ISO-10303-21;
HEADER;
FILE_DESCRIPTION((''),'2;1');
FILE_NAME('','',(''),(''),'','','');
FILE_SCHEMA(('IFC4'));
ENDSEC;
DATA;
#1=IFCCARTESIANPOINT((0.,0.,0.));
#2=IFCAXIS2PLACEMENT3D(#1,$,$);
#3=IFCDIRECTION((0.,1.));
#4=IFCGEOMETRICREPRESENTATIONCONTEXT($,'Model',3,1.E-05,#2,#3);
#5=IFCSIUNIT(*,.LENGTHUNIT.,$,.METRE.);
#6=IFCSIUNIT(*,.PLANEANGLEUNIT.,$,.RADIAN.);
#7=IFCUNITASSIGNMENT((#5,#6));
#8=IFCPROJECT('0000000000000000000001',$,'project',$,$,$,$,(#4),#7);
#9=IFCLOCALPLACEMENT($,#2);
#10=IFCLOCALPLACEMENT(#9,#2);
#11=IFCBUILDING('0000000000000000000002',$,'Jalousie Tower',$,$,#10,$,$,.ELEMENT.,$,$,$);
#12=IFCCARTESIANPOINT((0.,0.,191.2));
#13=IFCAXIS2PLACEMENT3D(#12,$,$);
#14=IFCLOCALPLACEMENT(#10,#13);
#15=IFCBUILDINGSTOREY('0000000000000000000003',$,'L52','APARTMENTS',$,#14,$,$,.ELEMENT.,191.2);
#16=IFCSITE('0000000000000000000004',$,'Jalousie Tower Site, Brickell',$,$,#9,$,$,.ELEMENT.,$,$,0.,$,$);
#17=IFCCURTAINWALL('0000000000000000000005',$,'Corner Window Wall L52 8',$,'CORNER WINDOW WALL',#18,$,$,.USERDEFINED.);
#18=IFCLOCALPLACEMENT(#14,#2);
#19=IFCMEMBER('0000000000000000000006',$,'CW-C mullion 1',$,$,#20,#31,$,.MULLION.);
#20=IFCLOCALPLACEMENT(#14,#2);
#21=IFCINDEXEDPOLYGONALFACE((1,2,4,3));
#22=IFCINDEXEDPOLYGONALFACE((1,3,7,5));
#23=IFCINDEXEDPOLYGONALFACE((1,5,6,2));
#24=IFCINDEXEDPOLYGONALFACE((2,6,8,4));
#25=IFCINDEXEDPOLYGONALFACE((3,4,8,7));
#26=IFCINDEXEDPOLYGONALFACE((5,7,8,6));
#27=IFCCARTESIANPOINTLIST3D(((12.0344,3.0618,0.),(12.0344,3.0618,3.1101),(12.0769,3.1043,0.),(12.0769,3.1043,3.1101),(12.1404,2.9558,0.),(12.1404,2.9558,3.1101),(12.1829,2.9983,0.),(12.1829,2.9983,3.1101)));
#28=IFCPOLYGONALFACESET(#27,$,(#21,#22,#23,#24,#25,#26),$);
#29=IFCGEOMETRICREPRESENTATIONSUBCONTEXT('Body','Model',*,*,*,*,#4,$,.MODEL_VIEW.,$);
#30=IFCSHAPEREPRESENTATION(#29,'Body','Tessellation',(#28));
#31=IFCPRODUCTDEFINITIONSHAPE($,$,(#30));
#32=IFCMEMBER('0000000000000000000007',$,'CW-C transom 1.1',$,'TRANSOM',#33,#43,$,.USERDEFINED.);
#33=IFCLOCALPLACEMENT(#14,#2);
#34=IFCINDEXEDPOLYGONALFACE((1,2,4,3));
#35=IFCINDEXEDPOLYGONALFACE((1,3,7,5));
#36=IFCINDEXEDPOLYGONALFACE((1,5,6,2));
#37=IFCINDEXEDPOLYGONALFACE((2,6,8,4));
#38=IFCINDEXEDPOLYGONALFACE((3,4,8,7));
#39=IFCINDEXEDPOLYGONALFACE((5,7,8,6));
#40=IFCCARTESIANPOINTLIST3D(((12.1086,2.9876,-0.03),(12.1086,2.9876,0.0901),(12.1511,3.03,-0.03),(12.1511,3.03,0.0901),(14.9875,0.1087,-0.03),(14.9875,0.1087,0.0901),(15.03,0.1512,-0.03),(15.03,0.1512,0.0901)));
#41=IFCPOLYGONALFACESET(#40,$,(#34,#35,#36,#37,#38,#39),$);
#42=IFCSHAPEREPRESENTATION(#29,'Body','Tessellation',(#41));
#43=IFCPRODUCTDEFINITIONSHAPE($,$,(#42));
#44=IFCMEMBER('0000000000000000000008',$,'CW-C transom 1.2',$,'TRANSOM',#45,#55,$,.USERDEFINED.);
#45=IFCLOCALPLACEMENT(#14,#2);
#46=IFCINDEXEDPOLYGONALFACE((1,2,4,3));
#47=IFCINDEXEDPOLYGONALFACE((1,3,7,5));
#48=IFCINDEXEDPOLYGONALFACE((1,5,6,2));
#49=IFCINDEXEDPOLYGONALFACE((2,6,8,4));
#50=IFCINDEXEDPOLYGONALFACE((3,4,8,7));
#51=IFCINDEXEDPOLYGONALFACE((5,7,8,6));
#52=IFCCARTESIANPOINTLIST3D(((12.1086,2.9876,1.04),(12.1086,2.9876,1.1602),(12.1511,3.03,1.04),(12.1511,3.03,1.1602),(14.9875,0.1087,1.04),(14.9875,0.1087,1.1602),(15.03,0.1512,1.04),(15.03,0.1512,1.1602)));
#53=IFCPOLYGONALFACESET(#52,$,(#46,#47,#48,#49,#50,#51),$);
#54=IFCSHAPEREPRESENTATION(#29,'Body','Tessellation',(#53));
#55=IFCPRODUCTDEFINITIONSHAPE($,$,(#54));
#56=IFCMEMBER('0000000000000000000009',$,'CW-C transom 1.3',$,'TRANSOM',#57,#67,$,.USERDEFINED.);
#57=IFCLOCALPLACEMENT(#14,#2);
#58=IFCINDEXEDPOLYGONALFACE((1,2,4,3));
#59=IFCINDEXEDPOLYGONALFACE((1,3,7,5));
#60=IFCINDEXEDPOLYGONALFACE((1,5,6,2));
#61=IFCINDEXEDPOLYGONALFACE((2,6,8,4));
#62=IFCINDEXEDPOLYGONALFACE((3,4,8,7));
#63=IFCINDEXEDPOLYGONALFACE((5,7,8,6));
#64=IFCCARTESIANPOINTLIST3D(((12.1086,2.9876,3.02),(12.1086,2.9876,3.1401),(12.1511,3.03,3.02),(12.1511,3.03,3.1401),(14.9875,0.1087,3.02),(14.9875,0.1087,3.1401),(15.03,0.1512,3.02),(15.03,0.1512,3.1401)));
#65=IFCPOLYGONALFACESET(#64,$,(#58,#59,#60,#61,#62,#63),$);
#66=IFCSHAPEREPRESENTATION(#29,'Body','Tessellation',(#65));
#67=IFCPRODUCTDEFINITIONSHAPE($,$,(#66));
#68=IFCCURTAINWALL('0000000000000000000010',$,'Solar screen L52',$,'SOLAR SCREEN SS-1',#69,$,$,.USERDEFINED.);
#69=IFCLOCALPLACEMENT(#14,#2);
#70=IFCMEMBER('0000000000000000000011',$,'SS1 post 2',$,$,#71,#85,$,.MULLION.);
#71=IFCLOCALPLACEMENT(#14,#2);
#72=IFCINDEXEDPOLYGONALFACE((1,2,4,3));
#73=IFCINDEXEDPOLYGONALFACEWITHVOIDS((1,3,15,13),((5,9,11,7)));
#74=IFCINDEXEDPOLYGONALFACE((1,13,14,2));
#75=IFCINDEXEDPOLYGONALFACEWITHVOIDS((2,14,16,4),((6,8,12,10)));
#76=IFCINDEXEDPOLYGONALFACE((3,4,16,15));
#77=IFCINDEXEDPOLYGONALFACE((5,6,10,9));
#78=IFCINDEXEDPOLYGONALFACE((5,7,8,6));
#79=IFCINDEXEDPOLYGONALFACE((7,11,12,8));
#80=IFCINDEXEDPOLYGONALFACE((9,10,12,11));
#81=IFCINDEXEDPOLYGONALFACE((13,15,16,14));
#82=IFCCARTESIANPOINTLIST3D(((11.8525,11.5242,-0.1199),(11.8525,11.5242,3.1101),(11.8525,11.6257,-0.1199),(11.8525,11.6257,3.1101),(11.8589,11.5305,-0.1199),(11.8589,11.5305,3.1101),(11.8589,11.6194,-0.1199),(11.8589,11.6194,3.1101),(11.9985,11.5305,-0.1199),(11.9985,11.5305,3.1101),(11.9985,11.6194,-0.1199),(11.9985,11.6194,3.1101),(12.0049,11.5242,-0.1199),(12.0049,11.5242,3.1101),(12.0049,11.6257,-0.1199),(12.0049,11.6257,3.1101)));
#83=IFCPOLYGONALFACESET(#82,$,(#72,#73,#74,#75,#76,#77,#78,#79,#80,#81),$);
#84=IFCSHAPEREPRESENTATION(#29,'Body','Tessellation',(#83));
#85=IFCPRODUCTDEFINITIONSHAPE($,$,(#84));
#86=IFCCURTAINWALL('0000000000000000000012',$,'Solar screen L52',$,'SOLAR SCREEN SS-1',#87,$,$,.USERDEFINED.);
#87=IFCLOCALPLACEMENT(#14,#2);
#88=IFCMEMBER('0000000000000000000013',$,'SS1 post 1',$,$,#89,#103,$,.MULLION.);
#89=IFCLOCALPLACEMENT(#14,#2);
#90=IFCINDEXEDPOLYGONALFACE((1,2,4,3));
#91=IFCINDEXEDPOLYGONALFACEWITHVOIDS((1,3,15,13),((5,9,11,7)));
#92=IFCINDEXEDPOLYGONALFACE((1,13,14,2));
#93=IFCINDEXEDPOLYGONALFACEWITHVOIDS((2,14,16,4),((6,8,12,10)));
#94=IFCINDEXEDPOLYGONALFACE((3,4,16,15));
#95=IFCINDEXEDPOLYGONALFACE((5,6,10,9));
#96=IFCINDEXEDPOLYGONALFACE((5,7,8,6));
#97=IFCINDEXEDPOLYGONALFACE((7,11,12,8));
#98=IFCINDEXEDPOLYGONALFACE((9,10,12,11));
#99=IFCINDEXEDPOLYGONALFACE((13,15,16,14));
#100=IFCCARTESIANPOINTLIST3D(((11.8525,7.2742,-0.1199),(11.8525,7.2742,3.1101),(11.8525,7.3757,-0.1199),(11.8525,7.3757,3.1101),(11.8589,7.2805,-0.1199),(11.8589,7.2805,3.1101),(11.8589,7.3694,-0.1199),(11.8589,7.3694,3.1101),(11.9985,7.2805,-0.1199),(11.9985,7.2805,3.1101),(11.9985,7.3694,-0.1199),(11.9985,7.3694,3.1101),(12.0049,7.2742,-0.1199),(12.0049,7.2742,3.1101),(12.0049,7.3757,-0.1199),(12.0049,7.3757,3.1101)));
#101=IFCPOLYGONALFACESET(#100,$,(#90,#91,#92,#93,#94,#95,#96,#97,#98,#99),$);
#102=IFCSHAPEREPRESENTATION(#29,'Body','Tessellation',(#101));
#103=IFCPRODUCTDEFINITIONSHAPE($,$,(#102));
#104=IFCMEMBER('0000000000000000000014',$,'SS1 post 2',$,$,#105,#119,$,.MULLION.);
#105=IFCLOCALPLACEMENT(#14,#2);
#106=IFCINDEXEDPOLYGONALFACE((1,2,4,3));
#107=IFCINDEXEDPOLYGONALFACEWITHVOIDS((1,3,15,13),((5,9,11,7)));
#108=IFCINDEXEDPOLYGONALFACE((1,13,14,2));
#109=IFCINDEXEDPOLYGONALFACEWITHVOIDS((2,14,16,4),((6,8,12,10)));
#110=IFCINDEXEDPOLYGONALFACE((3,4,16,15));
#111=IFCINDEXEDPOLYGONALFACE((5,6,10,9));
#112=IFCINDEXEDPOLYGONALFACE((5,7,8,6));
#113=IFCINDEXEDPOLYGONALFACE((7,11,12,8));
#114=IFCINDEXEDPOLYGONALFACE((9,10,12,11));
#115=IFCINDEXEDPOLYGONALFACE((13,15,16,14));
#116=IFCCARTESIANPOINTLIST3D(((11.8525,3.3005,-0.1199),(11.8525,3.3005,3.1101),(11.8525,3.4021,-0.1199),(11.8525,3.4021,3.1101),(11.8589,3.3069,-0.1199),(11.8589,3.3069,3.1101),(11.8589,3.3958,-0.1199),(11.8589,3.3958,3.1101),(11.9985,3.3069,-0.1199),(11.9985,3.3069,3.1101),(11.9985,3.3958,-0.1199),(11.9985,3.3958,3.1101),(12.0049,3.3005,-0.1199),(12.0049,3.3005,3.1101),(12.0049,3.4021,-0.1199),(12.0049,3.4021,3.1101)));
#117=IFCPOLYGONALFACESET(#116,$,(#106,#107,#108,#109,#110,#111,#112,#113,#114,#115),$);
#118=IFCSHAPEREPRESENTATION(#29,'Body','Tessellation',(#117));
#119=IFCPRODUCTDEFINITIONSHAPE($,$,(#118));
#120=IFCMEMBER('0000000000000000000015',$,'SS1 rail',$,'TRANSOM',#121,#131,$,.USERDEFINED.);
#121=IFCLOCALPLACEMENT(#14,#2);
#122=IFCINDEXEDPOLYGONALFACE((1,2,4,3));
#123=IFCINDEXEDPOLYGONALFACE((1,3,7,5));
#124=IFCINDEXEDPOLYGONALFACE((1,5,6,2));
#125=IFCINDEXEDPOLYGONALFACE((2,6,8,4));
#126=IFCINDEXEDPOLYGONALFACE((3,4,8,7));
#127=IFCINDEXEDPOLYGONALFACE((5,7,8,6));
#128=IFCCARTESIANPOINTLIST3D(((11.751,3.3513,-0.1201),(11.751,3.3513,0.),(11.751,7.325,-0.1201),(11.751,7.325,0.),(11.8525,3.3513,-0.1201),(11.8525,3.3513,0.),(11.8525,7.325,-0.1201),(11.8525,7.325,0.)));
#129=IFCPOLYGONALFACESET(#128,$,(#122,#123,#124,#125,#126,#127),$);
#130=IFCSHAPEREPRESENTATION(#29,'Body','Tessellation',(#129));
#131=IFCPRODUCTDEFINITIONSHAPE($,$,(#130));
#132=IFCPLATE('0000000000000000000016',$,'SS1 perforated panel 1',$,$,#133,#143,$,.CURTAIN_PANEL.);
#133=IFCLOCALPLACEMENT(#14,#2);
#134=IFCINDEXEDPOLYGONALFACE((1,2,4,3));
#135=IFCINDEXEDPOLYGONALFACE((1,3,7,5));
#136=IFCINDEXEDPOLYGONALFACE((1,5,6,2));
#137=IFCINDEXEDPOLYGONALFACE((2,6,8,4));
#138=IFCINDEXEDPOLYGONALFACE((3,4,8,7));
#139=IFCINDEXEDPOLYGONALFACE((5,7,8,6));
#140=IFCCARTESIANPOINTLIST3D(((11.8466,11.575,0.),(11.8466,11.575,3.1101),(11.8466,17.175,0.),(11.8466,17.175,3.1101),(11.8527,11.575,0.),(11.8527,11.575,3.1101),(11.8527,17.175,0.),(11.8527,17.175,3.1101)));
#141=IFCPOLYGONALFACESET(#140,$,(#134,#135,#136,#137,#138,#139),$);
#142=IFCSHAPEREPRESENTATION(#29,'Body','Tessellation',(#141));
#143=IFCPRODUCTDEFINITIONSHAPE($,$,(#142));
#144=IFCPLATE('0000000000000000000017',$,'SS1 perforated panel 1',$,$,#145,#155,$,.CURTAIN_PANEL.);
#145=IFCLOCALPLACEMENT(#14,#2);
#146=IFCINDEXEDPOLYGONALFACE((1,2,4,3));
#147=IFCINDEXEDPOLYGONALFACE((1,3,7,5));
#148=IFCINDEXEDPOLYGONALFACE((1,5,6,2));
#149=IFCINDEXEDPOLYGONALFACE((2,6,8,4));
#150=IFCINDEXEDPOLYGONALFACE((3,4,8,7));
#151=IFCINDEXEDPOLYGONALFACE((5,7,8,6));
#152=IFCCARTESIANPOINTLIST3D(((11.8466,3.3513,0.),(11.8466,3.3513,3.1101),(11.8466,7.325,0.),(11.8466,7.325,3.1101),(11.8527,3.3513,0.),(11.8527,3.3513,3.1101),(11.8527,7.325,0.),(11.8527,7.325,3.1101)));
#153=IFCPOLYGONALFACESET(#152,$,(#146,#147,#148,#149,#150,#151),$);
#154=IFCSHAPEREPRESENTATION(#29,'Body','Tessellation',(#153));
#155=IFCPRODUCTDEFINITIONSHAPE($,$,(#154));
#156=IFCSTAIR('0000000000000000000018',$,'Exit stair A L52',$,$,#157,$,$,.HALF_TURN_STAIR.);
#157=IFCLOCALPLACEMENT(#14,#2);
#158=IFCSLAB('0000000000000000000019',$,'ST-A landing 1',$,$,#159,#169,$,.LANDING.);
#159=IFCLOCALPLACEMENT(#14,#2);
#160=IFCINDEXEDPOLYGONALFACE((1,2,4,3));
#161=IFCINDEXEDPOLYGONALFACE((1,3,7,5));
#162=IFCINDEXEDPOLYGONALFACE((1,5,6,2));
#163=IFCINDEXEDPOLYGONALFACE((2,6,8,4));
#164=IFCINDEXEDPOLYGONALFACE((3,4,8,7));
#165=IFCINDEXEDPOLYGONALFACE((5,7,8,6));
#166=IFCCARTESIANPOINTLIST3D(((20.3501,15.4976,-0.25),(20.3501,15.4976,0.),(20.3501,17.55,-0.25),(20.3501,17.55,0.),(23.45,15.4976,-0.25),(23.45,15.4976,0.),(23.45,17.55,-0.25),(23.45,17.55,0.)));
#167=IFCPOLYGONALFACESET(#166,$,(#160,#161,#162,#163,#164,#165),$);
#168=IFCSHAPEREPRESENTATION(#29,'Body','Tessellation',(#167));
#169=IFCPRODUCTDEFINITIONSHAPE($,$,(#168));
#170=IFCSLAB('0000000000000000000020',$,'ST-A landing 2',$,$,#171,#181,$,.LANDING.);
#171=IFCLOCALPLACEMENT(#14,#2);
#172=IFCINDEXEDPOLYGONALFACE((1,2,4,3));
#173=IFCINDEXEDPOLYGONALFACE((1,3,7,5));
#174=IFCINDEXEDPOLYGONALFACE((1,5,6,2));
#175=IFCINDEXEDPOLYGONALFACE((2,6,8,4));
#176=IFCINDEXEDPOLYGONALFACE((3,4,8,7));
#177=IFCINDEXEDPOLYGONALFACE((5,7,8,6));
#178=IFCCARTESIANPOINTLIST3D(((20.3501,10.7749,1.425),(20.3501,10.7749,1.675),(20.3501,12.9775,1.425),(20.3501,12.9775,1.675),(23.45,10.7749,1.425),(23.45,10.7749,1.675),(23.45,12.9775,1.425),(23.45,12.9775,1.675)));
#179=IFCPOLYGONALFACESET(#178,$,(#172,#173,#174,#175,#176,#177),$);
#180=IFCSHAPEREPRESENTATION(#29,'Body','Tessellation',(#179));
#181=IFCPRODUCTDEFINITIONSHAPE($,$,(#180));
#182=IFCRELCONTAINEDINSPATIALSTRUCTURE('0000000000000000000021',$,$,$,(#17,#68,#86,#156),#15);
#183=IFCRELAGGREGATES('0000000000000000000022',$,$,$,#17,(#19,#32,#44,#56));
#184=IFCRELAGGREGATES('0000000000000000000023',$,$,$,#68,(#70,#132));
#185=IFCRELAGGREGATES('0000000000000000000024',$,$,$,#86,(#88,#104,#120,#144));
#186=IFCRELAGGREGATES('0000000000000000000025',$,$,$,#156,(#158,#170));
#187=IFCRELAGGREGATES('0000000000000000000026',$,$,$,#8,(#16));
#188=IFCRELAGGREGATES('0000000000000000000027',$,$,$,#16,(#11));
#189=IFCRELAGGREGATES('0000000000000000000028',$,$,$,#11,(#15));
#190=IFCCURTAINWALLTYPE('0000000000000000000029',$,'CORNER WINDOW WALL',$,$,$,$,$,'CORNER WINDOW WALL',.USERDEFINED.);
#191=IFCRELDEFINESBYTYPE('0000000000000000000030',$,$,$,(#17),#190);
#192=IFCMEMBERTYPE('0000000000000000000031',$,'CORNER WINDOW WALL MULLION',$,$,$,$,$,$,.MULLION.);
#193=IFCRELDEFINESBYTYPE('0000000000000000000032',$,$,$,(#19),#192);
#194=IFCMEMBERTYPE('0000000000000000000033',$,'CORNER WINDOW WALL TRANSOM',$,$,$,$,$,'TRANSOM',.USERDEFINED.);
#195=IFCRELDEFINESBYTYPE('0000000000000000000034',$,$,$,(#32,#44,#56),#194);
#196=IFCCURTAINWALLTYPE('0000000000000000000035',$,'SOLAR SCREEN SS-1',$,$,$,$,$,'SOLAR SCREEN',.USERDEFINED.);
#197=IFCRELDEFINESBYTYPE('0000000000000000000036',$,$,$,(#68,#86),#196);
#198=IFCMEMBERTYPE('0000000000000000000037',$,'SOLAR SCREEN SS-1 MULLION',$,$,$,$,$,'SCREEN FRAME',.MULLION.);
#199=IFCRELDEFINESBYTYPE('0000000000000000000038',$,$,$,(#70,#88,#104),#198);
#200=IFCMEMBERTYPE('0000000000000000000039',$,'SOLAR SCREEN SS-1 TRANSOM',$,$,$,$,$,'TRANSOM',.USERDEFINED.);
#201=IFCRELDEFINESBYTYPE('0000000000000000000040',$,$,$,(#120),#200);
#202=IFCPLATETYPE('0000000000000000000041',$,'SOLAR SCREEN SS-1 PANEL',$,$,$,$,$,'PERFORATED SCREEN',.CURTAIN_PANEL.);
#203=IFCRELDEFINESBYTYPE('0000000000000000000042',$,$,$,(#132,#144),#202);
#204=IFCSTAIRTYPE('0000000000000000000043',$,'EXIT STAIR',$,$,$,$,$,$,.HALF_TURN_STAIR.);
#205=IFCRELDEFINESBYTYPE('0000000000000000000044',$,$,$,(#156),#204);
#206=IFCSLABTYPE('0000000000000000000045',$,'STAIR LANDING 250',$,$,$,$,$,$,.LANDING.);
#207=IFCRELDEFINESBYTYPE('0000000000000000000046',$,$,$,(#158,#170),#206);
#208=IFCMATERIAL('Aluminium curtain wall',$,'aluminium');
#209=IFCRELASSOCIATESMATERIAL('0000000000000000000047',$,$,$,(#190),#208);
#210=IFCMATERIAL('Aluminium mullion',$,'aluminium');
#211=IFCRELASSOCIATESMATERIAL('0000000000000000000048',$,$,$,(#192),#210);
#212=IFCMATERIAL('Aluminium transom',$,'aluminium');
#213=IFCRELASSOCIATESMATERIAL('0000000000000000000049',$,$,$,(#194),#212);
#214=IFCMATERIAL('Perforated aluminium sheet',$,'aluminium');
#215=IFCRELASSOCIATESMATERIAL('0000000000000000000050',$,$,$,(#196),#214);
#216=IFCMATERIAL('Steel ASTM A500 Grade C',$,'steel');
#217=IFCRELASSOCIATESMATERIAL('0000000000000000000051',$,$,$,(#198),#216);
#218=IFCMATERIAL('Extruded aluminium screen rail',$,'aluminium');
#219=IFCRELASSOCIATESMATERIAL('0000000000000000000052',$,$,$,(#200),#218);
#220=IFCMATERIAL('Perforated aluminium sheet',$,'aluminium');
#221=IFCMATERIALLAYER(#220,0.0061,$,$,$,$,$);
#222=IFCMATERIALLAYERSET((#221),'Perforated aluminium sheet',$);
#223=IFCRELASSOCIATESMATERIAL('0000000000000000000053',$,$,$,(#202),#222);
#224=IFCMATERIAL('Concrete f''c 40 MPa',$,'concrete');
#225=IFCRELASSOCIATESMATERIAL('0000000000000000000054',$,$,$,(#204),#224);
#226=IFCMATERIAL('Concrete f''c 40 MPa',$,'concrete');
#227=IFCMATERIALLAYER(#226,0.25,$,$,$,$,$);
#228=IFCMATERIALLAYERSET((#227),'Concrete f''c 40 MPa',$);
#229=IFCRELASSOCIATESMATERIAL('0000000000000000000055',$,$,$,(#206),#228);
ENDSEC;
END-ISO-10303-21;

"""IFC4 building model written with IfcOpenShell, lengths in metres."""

from ifc_helpers import new_model, si_unit, direction, frame, origin, origin_2d, place, context, subcontext, project, spatial, polyline, rectangle, hollow_rectangle, outline, extrude, material, layer, layer_set, material_profile, profile_set, type_object, element, aggregate, save


model = new_model("IFC4")

# Units and contexts
model_context = context("Model", 3, precision=1e-05, world=origin(), true_north=direction((0.0, 1.0)))
body_context = subcontext(model_context, "Body", "Model", "MODEL_VIEW")
ifc_project = project(units=[si_unit("LENGTHUNIT", "METRE"), si_unit("PLANEANGLEUNIT", "RADIAN")], contexts=[model_context])

# Site, building, storey
site_placement = place(None, origin())
site = spatial("IfcSite", under=ifc_project, at=site_placement, Name="Jalousie Tower Site, Brickell", CompositionType="ELEMENT", RefElevation=0.0)
building_placement = place(site_placement, origin())
building = spatial("IfcBuilding", under=site, at=building_placement, Name="Jalousie Tower", CompositionType="ELEMENT")
storey_placement = place(building_placement, frame((0.0, 0.0, 191.2)))
storey = spatial("IfcBuildingStorey", under=building, at=storey_placement, Name="L52", Description="APARTMENTS", CompositionType="ELEMENT", Elevation=191.2)

# Curtain wall, members
ifc_material_1 = material(Name="Aluminium curtain wall", Category="aluminium")
curtain_wall_type_1 = type_object("IfcCurtainWallType", Name="CORNER WINDOW WALL", ElementType="CORNER WINDOW WALL", PredefinedType="USERDEFINED", material=ifc_material_1)
curtain_wall_1_placement = place(storey_placement, origin())
curtain_wall_1 = element("IfcCurtainWall", 1, at=curtain_wall_1_placement, inside=storey, type_object=curtain_wall_type_1, Name="Corner Window Wall L52 8", ObjectType="CORNER WINDOW WALL", PredefinedType="USERDEFINED")
ifc_material_2 = material(Name="Aluminium mullion", Category="aluminium")
ifc_material_profile_1 = material_profile(ifc_material_2, rectangle(XDim=0.0601, YDim=0.1499, at=origin_2d()), Name="MULLION 60x150")
ifc_profile_set_1 = profile_set([ifc_material_profile_1], Name="Aluminium mullion")
member_type_1 = type_object("IfcMemberType", Name="CORNER WINDOW WALL MULLION", PredefinedType="MULLION", material=ifc_profile_set_1)
member_1_placement = place(storey_placement, frame((12.1086, 3.03, 0.0), z_axis=(0.0, 0.0, 1.0), x_axis=(0.707107, 0.707107, 0.0)))
member_1 = element("IfcMember", 2, at=member_1_placement, type_object=member_type_1, Name="CW-C mullion 1", PredefinedType="MULLION", context=body_context, shape_type="SweptSolid", body=[
    extrude(rectangle(XDim=0.0601, YDim=0.1499, at=origin_2d()), origin(), (0.0, 0.0, 1.0), 3.1101),
])
ifc_material_3 = material(Name="Aluminium transom", Category="aluminium")
ifc_material_profile_2 = material_profile(ifc_material_3, rectangle(XDim=0.0601, YDim=0.1201, at=origin_2d()), Name="TRANSOM 60x120")
ifc_profile_set_2 = profile_set([ifc_material_profile_2], Name="Aluminium transom")
member_type_2 = type_object("IfcMemberType", Name="CORNER WINDOW WALL TRANSOM", ElementType="TRANSOM", PredefinedType="USERDEFINED", material=ifc_profile_set_2)
member_2_placement = place(storey_placement, frame((12.1299, 3.0088, 0.03), z_axis=(0.707107, -0.707107, 0.0), x_axis=(0.707107, 0.707107, 0.0)))
member_2 = element("IfcMember", 3, at=member_2_placement, type_object=member_type_2, Name="CW-C transom 1.1", ObjectType="TRANSOM", PredefinedType="USERDEFINED", context=body_context, shape_type="SweptSolid", body=[
    extrude(rectangle(XDim=0.0601, YDim=0.1201, at=origin_2d()), origin(), (0.0, 0.0, 1.0), 4.0713),
])
member_3_placement = place(storey_placement, frame((12.1299, 3.0088, 1.1001), z_axis=(0.707107, -0.707107, 0.0), x_axis=(0.707107, 0.707107, 0.0)))
member_3 = element("IfcMember", 4, at=member_3_placement, type_object=member_type_2, Name="CW-C transom 1.2", ObjectType="TRANSOM", PredefinedType="USERDEFINED", context=body_context, shape_type="SweptSolid", body=[
    extrude(rectangle(XDim=0.0601, YDim=0.1201, at=origin_2d()), origin(), (0.0, 0.0, 1.0), 4.0713),
])
member_4_placement = place(storey_placement, frame((12.1299, 3.0088, 3.0801), z_axis=(0.707107, -0.707107, 0.0), x_axis=(0.707107, 0.707107, 0.0)))
member_4 = element("IfcMember", 5, at=member_4_placement, type_object=member_type_2, Name="CW-C transom 1.3", ObjectType="TRANSOM", PredefinedType="USERDEFINED", context=body_context, shape_type="SweptSolid", body=[
    extrude(rectangle(XDim=0.0601, YDim=0.1201, at=origin_2d()), origin(), (0.0, 0.0, 1.0), 4.0713),
])
aggregate(curtain_wall_1, [member_1, member_2, member_3, member_4])

# Curtain wall, member
ifc_material_4 = material(Name="Perforated aluminium sheet", Category="aluminium")
curtain_wall_type_2 = type_object("IfcCurtainWallType", Name="SOLAR SCREEN SS-1", ElementType="SOLAR SCREEN", PredefinedType="USERDEFINED", material=ifc_material_4)
curtain_wall_2_placement = place(storey_placement, origin())
curtain_wall_2 = element("IfcCurtainWall", 6, at=curtain_wall_2_placement, inside=storey, type_object=curtain_wall_type_2, Name="Solar screen L52", ObjectType="SOLAR SCREEN SS-1", PredefinedType="USERDEFINED")
ifc_material_5 = material(Name="Steel ASTM A500 Grade C", Category="steel")
ifc_material_profile_3 = material_profile(ifc_material_5, hollow_rectangle(XDim=0.1016, YDim=0.1523, WallThickness=0.0063, at=origin_2d()), Name="HSS6X4X1/4")
ifc_profile_set_3 = profile_set([ifc_material_profile_3], Name="Steel ASTM A500 Grade C")
member_type_3 = type_object("IfcMemberType", Name="SOLAR SCREEN SS-1 MULLION", ElementType="SCREEN FRAME", PredefinedType="MULLION", material=ifc_profile_set_3)
member_5_placement = place(storey_placement, frame((11.9287, 11.575, -0.1199), z_axis=(0.0, 0.0, 1.0), x_axis=(0.0, -1.0, 0.0)))
member_5 = element("IfcMember", 7, at=member_5_placement, type_object=member_type_3, Name="SS1 post 2", PredefinedType="MULLION", context=body_context, shape_type="SweptSolid", body=[
    extrude(hollow_rectangle(XDim=0.1016, YDim=0.1523, WallThickness=0.0063, at=origin_2d()), origin(), (0.0, 0.0, 1.0), 3.23),
])

# Curtain wall, members
curtain_wall_3_placement = place(storey_placement, origin())
curtain_wall_3 = element("IfcCurtainWall", 8, at=curtain_wall_3_placement, inside=storey, type_object=curtain_wall_type_2, Name="Solar screen L52", ObjectType="SOLAR SCREEN SS-1", PredefinedType="USERDEFINED")
member_6_placement = place(storey_placement, frame((11.9287, 7.325, -0.1199), z_axis=(0.0, 0.0, 1.0), x_axis=(0.0, -1.0, 0.0)))
member_6 = element("IfcMember", 9, at=member_6_placement, type_object=member_type_3, Name="SS1 post 1", PredefinedType="MULLION", context=body_context, shape_type="SweptSolid", body=[
    extrude(hollow_rectangle(XDim=0.1016, YDim=0.1523, WallThickness=0.0063, at=origin_2d()), origin(), (0.0, 0.0, 1.0), 3.23),
])
member_7_placement = place(storey_placement, frame((11.9287, 3.3513, -0.1199), z_axis=(0.0, 0.0, 1.0), x_axis=(0.0, -1.0, 0.0)))
member_7 = element("IfcMember", 10, at=member_7_placement, type_object=member_type_3, Name="SS1 post 2", PredefinedType="MULLION", context=body_context, shape_type="SweptSolid", body=[
    extrude(hollow_rectangle(XDim=0.1016, YDim=0.1523, WallThickness=0.0063, at=origin_2d()), origin(), (0.0, 0.0, 1.0), 3.23),
])
ifc_material_6 = material(Name="Extruded aluminium screen rail", Category="aluminium")
ifc_material_profile_4 = material_profile(ifc_material_6, rectangle(XDim=0.1016, YDim=0.1201, at=origin_2d()), Name="RAIL 102x120")
ifc_profile_set_4 = profile_set([ifc_material_profile_4], Name="Extruded aluminium screen rail")
member_type_4 = type_object("IfcMemberType", Name="SOLAR SCREEN SS-1 TRANSOM", ElementType="TRANSOM", PredefinedType="USERDEFINED", material=ifc_profile_set_4)
member_8_placement = place(storey_placement, frame((11.8018, 7.325, -0.0601), z_axis=(0.0, -1.0, 0.0), x_axis=(1.0, 0.0, 0.0)))
member_8 = element("IfcMember", 11, at=member_8_placement, type_object=member_type_4, Name="SS1 rail", ObjectType="TRANSOM", PredefinedType="USERDEFINED", context=body_context, shape_type="SweptSolid", body=[
    extrude(rectangle(XDim=0.1016, YDim=0.1201, at=origin_2d()), origin(), (0.0, 0.0, 1.0), 3.9736),
])

# Plates
ifc_material_7 = material(Name="Perforated aluminium sheet", Category="aluminium")
ifc_layer_1 = layer(ifc_material_7, 0.0061)
ifc_layer_set_1 = layer_set([ifc_layer_1], Name="Perforated aluminium sheet")
plate_type = type_object("IfcPlateType", Name="SOLAR SCREEN SS-1 PANEL", ElementType="PERFORATED SCREEN", PredefinedType="CURTAIN_PANEL", material=ifc_layer_set_1)
plate_1_placement = place(storey_placement, frame((11.8496, 14.375, 0.0), z_axis=(0.0, 0.0, 1.0), x_axis=(0.0, -1.0, 0.0)))
plate_1 = element("IfcPlate", 12, at=plate_1_placement, type_object=plate_type, Name="SS1 perforated panel 1", PredefinedType="CURTAIN_PANEL", context=body_context, shape_type="SweptSolid", body=[
    extrude(rectangle(XDim=5.6001, YDim=0.0061, at=origin_2d()), origin(), (0.0, 0.0, 1.0), 3.1101),
])
aggregate(curtain_wall_2, [member_5, plate_1])
plate_2_placement = place(storey_placement, frame((11.8496, 5.3381, 0.0), z_axis=(0.0, 0.0, 1.0), x_axis=(0.0, -1.0, 0.0)))
plate_2 = element("IfcPlate", 13, at=plate_2_placement, type_object=plate_type, Name="SS1 perforated panel 1", PredefinedType="CURTAIN_PANEL", context=body_context, shape_type="SweptSolid", body=[
    extrude(rectangle(XDim=3.9736, YDim=0.0061, at=origin_2d()), origin(), (0.0, 0.0, 1.0), 3.1101),
])
aggregate(curtain_wall_3, [member_6, member_7, member_8, plate_2])

# Stair, slabs
ifc_material_8 = material(Name="Concrete f'c 40 MPa", Category="concrete")
stair_type = type_object("IfcStairType", Name="EXIT STAIR", PredefinedType="HALF_TURN_STAIR", material=ifc_material_8)
stair_1_placement = place(storey_placement, origin())
stair_1 = element("IfcStair", 14, at=stair_1_placement, inside=storey, type_object=stair_type, Name="Exit stair A L52", PredefinedType="HALF_TURN_STAIR")
ifc_material_9 = material(Name="Concrete f'c 40 MPa", Category="concrete")
ifc_layer_2 = layer(ifc_material_9, 0.25)
ifc_layer_set_2 = layer_set([ifc_layer_2], Name="Concrete f'c 40 MPa")
slab_type_1 = type_object("IfcSlabType", Name="STAIR LANDING 250", PredefinedType="LANDING", material=ifc_layer_set_2)
slab_1_placement = place(storey_placement, frame((0.0, 0.0, -0.25)))
slab_1 = element("IfcSlab", 15, at=slab_1_placement, type_object=slab_type_1, Name="ST-A landing 1", PredefinedType="LANDING", context=body_context, shape_type="SweptSolid", body=[
    extrude(outline(polyline([(20.3501, 15.4976), (23.45, 15.4976), (23.45, 17.55), (20.3501, 17.55), (20.3501, 15.4976)])), origin(), (0.0, 0.0, 1.0), 0.25),
])
slab_2_placement = place(storey_placement, frame((0.0, 0.0, 1.425)))
slab_2 = element("IfcSlab", 16, at=slab_2_placement, type_object=slab_type_1, Name="ST-A landing 2", PredefinedType="LANDING", context=body_context, shape_type="SweptSolid", body=[
    extrude(outline(polyline([(20.3501, 10.7749), (23.45, 10.7749), (23.45, 12.9775), (20.3501, 12.9775), (20.3501, 10.7749)])), origin(), (0.0, 0.0, 1.0), 0.25),
])
aggregate(stair_1, [slab_1, slab_2])

save(model, "model.ifc")
